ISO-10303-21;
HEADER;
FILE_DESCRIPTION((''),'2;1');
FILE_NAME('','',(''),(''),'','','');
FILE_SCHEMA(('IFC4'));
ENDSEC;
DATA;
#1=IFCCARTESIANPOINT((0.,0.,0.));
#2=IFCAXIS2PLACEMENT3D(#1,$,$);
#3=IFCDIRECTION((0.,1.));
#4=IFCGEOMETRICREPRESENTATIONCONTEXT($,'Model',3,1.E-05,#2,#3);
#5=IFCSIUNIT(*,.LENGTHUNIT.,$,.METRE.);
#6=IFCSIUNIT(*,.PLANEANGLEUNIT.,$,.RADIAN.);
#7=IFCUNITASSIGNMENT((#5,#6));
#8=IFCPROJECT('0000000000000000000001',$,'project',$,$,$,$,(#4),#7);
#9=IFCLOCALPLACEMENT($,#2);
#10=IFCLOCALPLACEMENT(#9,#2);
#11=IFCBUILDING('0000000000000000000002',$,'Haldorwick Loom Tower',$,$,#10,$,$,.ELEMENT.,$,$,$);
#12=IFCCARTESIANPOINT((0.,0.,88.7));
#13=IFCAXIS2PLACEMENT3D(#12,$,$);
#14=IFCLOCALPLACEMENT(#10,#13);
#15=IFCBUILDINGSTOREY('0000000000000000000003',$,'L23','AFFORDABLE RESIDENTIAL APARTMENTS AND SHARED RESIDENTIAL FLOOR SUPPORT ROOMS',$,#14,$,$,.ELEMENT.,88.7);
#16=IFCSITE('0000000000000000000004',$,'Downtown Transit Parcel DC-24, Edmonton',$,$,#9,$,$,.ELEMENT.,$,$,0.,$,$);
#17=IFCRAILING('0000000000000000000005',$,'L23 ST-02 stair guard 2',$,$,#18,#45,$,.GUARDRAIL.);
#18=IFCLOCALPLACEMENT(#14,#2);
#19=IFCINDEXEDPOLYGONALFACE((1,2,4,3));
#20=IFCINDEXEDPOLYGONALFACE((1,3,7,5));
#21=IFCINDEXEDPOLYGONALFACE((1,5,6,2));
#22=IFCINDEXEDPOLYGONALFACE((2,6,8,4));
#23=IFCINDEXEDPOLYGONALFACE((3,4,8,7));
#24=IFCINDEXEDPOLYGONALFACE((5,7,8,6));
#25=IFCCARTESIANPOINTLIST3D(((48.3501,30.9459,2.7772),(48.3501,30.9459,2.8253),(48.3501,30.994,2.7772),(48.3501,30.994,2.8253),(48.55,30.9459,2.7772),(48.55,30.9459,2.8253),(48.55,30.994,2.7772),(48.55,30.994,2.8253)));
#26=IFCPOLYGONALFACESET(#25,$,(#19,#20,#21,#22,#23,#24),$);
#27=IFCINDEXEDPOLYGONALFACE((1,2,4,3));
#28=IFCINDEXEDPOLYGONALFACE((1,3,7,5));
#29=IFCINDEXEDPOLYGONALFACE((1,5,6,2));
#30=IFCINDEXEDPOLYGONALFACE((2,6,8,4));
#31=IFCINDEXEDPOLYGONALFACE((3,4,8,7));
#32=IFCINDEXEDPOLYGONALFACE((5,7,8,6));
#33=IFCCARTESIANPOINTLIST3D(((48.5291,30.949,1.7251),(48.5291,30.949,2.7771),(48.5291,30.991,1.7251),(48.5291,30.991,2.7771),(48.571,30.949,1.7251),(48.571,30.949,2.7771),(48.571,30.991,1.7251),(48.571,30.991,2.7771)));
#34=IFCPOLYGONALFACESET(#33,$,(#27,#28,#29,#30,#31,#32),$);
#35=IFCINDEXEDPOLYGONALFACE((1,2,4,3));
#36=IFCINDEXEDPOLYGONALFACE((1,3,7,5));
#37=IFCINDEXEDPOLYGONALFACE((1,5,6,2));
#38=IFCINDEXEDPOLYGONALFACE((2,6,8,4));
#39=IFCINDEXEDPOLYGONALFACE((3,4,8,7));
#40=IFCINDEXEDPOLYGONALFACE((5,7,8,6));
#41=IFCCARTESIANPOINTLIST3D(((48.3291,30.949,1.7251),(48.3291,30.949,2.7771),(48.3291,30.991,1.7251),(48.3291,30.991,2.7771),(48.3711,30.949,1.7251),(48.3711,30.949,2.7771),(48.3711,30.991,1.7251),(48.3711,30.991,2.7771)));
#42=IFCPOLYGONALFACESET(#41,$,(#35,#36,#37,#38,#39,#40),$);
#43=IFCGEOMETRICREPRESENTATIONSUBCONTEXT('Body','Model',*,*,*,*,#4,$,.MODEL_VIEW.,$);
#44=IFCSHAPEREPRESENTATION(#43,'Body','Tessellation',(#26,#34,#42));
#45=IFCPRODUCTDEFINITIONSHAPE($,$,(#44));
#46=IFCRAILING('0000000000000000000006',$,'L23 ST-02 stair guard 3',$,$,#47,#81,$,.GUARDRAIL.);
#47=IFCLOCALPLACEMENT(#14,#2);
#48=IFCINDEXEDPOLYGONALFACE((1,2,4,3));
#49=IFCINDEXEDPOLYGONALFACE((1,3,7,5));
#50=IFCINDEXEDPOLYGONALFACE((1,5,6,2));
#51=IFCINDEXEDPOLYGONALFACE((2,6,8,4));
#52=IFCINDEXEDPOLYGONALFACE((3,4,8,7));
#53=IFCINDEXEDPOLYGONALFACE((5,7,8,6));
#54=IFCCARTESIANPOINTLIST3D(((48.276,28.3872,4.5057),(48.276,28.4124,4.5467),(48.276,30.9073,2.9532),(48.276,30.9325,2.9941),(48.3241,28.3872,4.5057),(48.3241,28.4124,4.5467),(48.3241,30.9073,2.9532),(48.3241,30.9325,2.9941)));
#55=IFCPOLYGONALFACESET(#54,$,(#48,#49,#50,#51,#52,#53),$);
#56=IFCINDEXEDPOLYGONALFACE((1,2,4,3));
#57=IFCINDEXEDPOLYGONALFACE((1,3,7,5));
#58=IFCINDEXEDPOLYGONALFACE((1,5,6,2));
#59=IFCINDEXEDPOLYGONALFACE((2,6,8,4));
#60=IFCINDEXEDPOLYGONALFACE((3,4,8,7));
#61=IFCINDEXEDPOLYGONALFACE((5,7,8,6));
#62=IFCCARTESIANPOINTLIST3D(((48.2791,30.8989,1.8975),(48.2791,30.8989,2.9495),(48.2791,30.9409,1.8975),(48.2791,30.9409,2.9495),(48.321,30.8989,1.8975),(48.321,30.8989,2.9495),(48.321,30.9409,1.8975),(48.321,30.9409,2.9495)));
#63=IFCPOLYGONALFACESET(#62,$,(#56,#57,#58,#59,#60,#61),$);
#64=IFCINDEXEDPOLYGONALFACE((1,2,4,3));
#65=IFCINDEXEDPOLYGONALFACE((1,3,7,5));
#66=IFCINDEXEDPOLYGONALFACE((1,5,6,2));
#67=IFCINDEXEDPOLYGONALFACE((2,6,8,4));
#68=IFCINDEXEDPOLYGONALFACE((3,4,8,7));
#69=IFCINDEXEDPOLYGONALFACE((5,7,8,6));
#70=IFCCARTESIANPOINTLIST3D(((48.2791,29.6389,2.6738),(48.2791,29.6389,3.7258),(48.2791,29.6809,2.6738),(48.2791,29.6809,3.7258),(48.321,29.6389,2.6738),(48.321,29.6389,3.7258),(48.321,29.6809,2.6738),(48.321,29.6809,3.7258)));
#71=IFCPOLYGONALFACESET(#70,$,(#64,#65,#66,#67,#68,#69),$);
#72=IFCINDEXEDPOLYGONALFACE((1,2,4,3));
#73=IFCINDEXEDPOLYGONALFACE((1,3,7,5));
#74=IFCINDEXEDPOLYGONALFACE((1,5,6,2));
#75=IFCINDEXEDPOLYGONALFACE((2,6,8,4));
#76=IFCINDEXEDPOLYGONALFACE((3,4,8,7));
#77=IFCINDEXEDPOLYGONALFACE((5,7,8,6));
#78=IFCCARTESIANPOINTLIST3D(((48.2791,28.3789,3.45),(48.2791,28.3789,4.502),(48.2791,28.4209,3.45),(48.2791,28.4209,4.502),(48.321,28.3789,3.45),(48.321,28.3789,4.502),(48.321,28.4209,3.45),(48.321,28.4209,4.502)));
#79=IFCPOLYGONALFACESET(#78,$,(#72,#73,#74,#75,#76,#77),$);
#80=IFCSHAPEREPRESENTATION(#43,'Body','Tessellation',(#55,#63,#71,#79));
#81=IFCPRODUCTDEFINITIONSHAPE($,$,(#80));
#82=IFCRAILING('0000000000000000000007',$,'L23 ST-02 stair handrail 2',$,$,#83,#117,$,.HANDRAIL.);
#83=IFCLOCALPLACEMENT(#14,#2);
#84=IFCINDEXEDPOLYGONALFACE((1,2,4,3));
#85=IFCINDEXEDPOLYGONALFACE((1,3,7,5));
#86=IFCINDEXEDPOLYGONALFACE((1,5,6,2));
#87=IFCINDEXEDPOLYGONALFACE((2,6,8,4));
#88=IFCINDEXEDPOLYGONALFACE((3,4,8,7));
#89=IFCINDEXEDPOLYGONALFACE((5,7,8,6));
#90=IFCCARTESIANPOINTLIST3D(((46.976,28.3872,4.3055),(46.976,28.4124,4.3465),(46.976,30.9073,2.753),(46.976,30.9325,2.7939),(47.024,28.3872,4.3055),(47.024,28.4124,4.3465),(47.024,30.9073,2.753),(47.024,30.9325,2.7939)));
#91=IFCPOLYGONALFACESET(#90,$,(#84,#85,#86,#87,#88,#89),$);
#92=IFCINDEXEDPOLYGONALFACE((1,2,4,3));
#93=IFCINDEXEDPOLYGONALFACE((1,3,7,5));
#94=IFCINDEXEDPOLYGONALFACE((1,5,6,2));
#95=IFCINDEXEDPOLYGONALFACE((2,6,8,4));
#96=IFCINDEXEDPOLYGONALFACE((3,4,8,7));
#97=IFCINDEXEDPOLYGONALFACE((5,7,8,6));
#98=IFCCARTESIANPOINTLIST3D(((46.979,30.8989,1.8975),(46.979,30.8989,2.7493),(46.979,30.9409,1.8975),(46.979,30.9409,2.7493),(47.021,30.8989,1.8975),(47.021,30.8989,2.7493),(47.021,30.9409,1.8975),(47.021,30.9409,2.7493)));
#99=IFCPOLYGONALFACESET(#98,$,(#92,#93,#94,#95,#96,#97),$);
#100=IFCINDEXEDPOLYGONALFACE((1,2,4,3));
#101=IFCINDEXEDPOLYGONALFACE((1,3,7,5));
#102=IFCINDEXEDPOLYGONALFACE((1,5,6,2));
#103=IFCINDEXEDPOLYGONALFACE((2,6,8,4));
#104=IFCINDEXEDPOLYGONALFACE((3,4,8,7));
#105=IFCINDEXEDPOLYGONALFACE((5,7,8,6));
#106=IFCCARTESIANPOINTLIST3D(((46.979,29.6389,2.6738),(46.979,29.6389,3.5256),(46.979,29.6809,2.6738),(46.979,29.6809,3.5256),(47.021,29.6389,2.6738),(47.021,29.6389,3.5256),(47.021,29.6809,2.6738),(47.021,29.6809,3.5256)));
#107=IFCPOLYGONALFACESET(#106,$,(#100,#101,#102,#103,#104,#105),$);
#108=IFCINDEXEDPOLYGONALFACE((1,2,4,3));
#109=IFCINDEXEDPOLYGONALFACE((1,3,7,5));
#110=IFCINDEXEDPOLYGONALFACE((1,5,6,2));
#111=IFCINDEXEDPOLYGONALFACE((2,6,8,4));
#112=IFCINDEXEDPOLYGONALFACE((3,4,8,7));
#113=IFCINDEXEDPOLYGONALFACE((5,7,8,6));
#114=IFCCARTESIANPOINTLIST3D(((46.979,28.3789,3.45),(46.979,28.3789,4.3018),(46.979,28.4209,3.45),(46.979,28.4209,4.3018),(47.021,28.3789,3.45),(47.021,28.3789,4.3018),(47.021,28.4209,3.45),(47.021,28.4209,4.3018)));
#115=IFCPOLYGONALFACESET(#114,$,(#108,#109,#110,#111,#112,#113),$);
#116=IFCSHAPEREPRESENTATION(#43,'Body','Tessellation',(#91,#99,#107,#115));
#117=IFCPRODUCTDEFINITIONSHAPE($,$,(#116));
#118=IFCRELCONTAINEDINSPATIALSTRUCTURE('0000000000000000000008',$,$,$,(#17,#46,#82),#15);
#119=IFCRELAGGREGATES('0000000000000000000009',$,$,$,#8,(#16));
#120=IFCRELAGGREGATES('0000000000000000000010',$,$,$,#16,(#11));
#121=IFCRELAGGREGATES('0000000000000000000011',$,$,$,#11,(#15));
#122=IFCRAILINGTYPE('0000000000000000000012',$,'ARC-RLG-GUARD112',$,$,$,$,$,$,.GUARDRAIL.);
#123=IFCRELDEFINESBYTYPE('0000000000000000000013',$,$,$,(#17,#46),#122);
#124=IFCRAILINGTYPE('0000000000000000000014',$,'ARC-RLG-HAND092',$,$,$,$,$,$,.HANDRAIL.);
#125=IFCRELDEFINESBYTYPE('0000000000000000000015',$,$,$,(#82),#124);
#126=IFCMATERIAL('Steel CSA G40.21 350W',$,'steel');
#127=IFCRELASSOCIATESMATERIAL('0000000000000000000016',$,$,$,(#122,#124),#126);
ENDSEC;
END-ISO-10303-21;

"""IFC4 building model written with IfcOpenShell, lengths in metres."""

from ifc_helpers import new_model, si_unit, direction, frame, origin, origin_2d, place, context, subcontext, project, spatial, rectangle, extrude, material, type_object, element, save


model = new_model("IFC4")

# Units and contexts
model_context = context("Model", 3, precision=1e-05, world=origin(), true_north=direction((0.0, 1.0)))
body_context = subcontext(model_context, "Body", "Model", "MODEL_VIEW")
ifc_project = project(units=[si_unit("LENGTHUNIT", "METRE"), si_unit("PLANEANGLEUNIT", "RADIAN")], contexts=[model_context])

# Site, building, storey
site_placement = place(None, origin())
site = spatial("IfcSite", under=ifc_project, at=site_placement, Name="Downtown Transit Parcel DC-24, Edmonton", CompositionType="ELEMENT", RefElevation=0.0)
building_placement = place(site_placement, origin())
building = spatial("IfcBuilding", under=site, at=building_placement, Name="Haldorwick Loom Tower", CompositionType="ELEMENT")
storey_placement = place(building_placement, frame((0.0, 0.0, 88.7)))
storey = spatial("IfcBuildingStorey", under=building, at=storey_placement, Name="L23", Description="AFFORDABLE RESIDENTIAL APARTMENTS AND SHARED RESIDENTIAL FLOOR SUPPORT ROOMS", CompositionType="ELEMENT", Elevation=88.7)

# Shared definitions
ifc_material_1 = material(Name="Steel CSA G40.21 350W", Category="steel")

# Railings
railing_type_1 = type_object("IfcRailingType", Name="ARC-RLG-GUARD112", PredefinedType="GUARDRAIL", material=ifc_material_1)
railing_1_placement = place(storey_placement, frame((48.55, 30.97, 1.7251)))
element("IfcRailing", 1, at=railing_1_placement, inside=storey, type_object=railing_type_1, Name="L23 ST-02 stair guard 2", PredefinedType="GUARDRAIL", context=body_context, shape_type="SweptSolid", body=[
    extrude(rectangle(XDim=0.0481, YDim=0.0481, at=origin_2d()), frame((0.0, 0.0, 1.0762), z_axis=(-1.0, 0.0, 0.0), x_axis=(0.0, -1.0, 0.0)), (0.0, 0.0, 1.0), 0.2),
    extrude(rectangle(XDim=0.042, YDim=0.042, at=origin_2d()), origin(), (0.0, 0.0, 1.0), 1.052),
    extrude(rectangle(XDim=0.042, YDim=0.042, at=origin_2d()), frame((-0.2, 0.0, 0.0)), (0.0, 0.0, 1.0), 1.052),
])
railing_2_placement = place(storey_placement, frame((48.3, 30.9199, 1.8975)))
element("IfcRailing", 2, at=railing_2_placement, inside=storey, type_object=railing_type_1, Name="L23 ST-02 stair guard 3", PredefinedType="GUARDRAIL", context=body_context, shape_type="SweptSolid", body=[
    extrude(rectangle(XDim=0.0481, YDim=0.0481, at=origin_2d()), frame((0.0, 0.0, 1.0762), z_axis=(0.0, -0.8514, 0.524516), x_axis=(1.0, 0.0, 0.0)), (0.0, 0.0, 1.0), 2.96),
    extrude(rectangle(XDim=0.042, YDim=0.042, at=origin_2d()), origin(), (0.0, 0.0, 1.0), 1.052),
    extrude(rectangle(XDim=0.042, YDim=0.042, at=origin_2d()), frame((0.0, -1.26, 0.7764)), (0.0, 0.0, 1.0), 1.052),
    extrude(rectangle(XDim=0.042, YDim=0.042, at=origin_2d()), frame((0.0, -2.52, 1.5525)), (0.0, 0.0, 1.0), 1.052),
])
railing_type_2 = type_object("IfcRailingType", Name="ARC-RLG-HAND092", PredefinedType="HANDRAIL", material=ifc_material_1)
railing_3_placement = place(storey_placement, frame((47.0, 30.9199, 1.8975)))
element("IfcRailing", 3, at=railing_3_placement, inside=storey, type_object=railing_type_2, Name="L23 ST-02 stair handrail 2", PredefinedType="HANDRAIL", context=body_context, shape_type="SweptSolid", body=[
    extrude(rectangle(XDim=0.0481, YDim=0.0481, at=origin_2d()), frame((0.0, 0.0, 0.876), z_axis=(0.0, -0.8514, 0.524516), x_axis=(1.0, 0.0, 0.0)), (0.0, 0.0, 1.0), 2.96),
    extrude(rectangle(XDim=0.042, YDim=0.042, at=origin_2d()), origin(), (0.0, 0.0, 1.0), 0.8518),
    extrude(rectangle(XDim=0.042, YDim=0.042, at=origin_2d()), frame((0.0, -1.26, 0.7764)), (0.0, 0.0, 1.0), 0.8518),
    extrude(rectangle(XDim=0.042, YDim=0.042, at=origin_2d()), frame((0.0, -2.52, 1.5525)), (0.0, 0.0, 1.0), 0.8518),
])

save(model, "model.ifc")
